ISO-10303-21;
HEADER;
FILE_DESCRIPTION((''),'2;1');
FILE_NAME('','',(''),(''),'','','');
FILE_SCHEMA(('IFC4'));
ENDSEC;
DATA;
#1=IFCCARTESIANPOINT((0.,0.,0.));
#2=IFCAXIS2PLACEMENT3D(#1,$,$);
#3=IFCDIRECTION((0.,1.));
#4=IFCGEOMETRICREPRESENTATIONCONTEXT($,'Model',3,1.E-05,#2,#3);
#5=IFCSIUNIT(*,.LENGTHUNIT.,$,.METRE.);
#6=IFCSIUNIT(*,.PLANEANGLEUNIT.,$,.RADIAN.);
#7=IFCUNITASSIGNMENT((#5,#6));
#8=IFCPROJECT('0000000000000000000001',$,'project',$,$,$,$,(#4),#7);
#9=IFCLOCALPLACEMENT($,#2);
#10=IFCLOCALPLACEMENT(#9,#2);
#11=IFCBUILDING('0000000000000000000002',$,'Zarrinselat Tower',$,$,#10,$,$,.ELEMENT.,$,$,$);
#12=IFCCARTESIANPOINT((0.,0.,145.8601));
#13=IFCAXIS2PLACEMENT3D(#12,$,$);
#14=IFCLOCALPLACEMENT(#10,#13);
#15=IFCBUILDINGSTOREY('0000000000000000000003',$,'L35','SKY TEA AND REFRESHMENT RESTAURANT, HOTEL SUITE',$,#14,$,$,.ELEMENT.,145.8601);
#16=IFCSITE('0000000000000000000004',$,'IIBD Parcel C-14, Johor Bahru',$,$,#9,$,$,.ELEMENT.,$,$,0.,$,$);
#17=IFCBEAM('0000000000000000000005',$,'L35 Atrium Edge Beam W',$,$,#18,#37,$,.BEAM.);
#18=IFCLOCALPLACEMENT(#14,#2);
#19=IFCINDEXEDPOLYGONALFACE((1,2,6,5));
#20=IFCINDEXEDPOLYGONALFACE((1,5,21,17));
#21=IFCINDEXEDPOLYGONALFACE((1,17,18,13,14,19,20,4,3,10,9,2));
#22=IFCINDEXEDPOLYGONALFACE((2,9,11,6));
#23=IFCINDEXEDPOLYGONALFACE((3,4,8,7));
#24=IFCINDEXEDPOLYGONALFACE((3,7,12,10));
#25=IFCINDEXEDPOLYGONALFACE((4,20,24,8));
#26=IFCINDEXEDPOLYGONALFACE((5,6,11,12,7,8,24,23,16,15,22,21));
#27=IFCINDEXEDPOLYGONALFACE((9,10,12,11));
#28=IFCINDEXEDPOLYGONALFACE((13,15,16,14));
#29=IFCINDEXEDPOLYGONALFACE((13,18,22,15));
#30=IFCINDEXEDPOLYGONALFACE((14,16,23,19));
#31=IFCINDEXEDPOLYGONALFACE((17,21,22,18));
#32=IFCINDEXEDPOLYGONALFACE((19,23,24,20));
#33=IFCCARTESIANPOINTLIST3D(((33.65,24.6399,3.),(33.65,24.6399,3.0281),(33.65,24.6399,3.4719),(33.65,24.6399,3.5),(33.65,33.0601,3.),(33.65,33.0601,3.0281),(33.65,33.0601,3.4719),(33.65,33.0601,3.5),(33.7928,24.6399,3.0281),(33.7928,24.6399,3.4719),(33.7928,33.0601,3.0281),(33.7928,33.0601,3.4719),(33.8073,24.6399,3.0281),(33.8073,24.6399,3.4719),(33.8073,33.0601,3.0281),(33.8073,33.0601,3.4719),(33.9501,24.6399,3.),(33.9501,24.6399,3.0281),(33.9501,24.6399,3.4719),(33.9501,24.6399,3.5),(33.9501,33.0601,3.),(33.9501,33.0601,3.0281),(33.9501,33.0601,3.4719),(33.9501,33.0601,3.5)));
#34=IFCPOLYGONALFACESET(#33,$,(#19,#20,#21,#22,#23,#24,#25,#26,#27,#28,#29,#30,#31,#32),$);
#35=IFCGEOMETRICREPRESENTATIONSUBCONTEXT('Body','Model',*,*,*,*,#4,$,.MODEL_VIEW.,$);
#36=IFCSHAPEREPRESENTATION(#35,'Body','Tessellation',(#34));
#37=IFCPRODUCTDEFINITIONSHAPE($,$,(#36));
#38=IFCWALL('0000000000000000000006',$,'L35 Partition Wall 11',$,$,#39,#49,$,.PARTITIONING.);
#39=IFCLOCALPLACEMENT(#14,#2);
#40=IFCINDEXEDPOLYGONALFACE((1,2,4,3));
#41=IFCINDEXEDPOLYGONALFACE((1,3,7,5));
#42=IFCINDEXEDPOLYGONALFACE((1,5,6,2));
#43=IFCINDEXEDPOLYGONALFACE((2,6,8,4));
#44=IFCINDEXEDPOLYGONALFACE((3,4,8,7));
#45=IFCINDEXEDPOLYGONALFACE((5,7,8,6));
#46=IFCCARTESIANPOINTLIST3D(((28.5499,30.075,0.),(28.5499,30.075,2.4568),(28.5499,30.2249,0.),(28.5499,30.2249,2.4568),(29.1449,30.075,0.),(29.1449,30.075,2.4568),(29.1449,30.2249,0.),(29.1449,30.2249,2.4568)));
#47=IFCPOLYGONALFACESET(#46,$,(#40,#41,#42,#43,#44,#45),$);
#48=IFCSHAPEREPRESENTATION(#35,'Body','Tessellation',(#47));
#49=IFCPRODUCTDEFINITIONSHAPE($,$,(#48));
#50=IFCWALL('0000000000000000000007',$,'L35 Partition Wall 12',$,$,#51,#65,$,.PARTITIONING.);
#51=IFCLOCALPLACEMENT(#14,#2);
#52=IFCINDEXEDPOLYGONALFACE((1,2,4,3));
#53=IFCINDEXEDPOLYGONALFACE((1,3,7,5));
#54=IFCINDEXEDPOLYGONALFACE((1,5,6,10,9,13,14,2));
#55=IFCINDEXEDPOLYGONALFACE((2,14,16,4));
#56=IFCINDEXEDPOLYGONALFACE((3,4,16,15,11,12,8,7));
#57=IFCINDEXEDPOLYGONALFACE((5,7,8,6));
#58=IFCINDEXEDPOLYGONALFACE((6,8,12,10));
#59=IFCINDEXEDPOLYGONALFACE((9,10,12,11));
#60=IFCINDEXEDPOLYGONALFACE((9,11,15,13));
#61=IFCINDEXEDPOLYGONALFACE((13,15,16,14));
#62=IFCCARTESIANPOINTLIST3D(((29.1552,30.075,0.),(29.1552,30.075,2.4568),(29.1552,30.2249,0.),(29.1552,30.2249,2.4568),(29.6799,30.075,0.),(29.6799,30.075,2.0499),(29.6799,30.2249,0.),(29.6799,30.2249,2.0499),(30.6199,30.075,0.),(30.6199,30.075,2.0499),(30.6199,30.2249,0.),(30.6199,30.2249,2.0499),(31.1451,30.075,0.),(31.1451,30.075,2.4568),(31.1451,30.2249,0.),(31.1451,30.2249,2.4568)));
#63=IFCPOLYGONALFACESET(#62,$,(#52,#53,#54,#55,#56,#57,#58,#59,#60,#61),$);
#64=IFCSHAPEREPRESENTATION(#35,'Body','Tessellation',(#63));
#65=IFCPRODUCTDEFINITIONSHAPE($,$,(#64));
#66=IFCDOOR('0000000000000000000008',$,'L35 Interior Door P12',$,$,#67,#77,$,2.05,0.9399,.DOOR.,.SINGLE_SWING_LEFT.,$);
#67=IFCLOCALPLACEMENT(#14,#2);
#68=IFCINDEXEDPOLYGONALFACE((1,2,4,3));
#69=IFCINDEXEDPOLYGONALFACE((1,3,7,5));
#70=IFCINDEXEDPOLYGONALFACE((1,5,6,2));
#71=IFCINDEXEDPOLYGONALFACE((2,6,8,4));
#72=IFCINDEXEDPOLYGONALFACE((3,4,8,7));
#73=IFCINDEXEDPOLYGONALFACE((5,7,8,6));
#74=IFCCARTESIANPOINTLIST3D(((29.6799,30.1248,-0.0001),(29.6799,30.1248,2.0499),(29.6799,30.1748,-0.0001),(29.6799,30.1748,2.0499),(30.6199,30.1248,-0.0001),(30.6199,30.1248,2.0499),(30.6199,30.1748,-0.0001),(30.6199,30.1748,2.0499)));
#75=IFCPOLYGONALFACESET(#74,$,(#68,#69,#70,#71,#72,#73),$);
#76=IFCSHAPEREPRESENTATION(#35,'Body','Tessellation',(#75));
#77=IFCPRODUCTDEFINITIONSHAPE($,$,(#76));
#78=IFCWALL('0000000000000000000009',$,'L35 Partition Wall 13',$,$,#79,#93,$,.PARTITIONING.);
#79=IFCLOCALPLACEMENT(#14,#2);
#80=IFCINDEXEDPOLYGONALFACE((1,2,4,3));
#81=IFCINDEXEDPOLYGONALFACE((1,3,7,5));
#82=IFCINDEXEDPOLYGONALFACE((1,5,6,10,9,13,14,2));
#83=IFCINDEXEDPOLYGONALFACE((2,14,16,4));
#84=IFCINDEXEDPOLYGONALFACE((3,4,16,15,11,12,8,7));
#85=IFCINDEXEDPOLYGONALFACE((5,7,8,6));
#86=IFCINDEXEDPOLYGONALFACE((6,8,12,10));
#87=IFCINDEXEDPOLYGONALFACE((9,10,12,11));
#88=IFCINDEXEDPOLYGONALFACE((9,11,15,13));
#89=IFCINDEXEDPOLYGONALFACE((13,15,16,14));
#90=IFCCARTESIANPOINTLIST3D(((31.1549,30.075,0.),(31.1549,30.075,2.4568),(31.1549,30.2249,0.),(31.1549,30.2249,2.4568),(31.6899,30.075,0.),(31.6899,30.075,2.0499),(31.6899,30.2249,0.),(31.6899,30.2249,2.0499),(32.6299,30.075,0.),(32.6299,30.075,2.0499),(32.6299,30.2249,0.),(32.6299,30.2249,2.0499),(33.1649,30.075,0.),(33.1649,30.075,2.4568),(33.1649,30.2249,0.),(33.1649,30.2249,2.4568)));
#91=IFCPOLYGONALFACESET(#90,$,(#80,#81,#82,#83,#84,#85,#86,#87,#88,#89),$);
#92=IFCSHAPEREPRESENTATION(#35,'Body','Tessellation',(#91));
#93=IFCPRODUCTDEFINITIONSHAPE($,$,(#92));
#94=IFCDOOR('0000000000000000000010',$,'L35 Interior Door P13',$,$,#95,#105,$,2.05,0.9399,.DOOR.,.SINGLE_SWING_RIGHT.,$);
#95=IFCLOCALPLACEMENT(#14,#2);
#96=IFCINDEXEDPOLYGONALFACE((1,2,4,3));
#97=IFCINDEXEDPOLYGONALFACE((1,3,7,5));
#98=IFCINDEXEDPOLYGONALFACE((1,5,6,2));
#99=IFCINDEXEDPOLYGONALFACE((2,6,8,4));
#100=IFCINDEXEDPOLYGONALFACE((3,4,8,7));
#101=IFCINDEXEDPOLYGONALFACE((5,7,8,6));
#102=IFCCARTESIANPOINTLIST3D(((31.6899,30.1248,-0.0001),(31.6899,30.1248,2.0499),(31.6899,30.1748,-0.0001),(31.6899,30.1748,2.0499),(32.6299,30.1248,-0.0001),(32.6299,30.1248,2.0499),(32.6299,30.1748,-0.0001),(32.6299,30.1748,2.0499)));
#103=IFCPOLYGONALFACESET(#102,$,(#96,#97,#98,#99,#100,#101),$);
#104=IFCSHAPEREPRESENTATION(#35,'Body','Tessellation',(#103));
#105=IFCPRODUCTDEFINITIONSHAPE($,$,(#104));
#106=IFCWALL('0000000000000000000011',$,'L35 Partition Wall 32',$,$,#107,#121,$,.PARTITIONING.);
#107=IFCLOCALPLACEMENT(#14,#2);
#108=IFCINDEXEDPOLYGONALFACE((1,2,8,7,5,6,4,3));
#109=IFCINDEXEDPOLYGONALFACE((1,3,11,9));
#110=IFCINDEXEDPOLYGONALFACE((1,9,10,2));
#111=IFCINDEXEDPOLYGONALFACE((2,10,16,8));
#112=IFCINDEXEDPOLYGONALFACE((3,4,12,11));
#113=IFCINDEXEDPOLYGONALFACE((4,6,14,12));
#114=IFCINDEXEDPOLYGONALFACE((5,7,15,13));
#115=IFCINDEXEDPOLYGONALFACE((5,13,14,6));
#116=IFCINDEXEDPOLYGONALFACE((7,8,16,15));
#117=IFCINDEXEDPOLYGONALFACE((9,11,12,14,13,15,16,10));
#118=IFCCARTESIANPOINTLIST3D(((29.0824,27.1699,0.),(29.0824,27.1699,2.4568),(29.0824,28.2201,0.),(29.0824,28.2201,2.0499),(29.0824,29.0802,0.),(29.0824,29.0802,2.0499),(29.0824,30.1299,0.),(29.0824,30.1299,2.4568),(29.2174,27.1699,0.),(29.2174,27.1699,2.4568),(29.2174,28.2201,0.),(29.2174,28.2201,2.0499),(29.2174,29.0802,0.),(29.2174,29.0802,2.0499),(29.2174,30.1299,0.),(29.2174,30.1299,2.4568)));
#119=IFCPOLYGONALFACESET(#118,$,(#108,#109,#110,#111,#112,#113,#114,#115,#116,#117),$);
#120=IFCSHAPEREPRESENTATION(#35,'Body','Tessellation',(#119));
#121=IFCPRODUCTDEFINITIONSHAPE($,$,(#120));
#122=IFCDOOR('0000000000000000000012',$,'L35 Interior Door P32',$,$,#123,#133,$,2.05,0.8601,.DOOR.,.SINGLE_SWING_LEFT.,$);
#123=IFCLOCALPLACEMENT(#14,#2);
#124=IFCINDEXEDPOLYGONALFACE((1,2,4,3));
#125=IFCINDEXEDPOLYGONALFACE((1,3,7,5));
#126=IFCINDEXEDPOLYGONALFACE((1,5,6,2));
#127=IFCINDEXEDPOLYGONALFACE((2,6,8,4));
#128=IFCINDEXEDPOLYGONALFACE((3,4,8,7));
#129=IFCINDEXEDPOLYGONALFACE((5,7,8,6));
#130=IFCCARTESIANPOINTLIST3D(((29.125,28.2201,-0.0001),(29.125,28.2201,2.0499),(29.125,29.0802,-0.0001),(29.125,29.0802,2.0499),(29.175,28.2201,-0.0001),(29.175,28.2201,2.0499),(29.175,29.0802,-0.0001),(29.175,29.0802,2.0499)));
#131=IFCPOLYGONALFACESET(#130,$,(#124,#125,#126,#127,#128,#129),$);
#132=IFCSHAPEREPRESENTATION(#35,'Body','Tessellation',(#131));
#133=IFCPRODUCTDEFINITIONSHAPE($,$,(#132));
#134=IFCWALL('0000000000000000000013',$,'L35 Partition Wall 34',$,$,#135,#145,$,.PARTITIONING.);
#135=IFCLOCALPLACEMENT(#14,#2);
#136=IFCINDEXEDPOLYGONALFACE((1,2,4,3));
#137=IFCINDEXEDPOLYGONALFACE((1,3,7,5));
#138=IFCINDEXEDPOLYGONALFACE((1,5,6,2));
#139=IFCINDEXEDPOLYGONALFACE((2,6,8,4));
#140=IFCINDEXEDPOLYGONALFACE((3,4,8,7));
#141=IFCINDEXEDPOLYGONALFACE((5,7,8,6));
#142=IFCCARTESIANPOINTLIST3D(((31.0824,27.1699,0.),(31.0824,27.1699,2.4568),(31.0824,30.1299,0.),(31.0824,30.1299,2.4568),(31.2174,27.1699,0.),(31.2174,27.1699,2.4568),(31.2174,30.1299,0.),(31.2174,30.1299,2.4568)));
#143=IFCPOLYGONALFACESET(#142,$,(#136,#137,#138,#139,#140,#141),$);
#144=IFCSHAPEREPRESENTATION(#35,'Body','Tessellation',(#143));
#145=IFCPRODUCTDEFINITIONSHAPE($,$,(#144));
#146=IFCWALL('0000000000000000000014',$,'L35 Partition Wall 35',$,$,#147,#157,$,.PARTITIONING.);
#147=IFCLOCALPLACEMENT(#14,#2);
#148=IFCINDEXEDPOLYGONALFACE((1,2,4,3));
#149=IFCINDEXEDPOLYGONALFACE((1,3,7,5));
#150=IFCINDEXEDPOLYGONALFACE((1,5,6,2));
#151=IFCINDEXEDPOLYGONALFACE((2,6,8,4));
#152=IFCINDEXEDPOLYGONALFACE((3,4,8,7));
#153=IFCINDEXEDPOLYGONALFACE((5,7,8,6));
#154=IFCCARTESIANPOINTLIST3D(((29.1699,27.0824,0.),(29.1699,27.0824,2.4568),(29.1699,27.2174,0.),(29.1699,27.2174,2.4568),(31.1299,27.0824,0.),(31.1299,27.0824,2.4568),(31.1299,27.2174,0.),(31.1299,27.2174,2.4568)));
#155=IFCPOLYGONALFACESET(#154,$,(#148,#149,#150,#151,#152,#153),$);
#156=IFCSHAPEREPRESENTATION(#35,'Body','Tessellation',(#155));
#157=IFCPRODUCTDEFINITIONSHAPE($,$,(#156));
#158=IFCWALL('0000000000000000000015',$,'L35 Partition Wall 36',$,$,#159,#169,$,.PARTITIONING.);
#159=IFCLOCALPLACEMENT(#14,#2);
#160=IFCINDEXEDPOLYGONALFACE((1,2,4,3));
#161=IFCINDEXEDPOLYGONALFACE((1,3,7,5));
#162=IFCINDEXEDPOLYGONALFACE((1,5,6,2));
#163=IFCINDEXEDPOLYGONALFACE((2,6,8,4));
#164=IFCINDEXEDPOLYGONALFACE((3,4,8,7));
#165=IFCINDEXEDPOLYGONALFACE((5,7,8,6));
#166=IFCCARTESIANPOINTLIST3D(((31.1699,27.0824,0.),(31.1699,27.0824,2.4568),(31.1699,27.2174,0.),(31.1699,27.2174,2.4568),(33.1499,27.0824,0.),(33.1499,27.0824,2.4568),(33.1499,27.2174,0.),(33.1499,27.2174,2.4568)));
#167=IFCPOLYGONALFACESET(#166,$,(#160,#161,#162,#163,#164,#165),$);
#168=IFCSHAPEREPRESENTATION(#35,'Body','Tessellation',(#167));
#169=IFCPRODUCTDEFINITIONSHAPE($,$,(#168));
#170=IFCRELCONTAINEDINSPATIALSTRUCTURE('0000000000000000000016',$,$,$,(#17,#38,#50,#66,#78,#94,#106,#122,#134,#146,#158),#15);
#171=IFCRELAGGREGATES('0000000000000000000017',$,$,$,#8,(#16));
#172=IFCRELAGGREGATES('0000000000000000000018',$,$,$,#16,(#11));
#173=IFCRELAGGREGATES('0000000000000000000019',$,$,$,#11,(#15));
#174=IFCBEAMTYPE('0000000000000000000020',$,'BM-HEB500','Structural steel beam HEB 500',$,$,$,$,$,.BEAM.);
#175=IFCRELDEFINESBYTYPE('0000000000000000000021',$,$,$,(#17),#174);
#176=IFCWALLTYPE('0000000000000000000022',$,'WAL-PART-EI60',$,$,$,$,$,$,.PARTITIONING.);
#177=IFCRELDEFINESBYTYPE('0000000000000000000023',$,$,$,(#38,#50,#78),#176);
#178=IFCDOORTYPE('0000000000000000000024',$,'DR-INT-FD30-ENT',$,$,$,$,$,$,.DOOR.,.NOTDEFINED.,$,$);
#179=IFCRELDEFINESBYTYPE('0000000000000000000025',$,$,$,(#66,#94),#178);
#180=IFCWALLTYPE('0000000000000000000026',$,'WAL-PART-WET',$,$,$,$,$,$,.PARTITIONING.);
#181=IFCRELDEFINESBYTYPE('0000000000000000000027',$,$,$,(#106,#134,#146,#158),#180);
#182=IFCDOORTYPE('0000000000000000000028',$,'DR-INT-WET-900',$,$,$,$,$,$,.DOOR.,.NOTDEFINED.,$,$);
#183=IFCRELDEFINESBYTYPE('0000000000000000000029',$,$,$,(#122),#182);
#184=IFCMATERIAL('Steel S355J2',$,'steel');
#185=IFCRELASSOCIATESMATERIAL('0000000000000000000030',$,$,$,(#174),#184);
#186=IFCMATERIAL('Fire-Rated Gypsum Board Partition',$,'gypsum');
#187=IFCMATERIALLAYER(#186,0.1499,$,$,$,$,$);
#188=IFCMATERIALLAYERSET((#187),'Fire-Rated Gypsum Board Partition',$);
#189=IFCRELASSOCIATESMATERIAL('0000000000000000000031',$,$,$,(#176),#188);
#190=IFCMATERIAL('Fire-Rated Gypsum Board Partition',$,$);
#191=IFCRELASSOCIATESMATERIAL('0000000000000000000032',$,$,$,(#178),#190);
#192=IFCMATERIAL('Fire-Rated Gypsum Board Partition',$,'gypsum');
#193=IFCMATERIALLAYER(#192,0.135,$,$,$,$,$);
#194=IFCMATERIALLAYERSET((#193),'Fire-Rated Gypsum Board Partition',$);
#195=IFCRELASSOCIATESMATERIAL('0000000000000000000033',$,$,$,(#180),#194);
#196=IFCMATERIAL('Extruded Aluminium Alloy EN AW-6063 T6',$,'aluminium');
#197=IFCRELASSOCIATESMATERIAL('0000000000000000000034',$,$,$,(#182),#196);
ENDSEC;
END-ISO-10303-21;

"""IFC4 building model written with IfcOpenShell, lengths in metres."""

from ifc_helpers import new_model, si_unit, direction, frame, frame_2d, origin, origin_2d, place, context, subcontext, project, spatial, rectangle, i_section, extrude, material, layer, layer_set, material_profile, profile_set, type_object, element, fill, save


model = new_model("IFC4")

# Units and contexts
model_context = context("Model", 3, precision=1e-05, world=origin(), true_north=direction((0.0, 1.0)))
body_context = subcontext(model_context, "Body", "Model", "MODEL_VIEW")
ifc_project = project(units=[si_unit("LENGTHUNIT", "METRE"), si_unit("PLANEANGLEUNIT", "RADIAN")], contexts=[model_context])

# Site, building, storey
site_placement = place(None, origin())
site = spatial("IfcSite", under=ifc_project, at=site_placement, Name="IIBD Parcel C-14, Johor Bahru", CompositionType="ELEMENT", RefElevation=0.0)
building_placement = place(site_placement, origin())
building = spatial("IfcBuilding", under=site, at=building_placement, Name="Zarrinselat Tower", CompositionType="ELEMENT")
storey_placement = place(building_placement, frame((0.0, 0.0, 145.8601)))
storey = spatial("IfcBuildingStorey", under=building, at=storey_placement, Name="L35", Description="SKY TEA AND REFRESHMENT RESTAURANT, HOTEL SUITE", CompositionType="ELEMENT", Elevation=145.8601)

# Beam
ifc_material_1 = material(Name="Steel S355J2", Category="steel")
ifc_material_profile = material_profile(ifc_material_1, i_section(OverallWidth=0.3, OverallDepth=0.5, WebThickness=0.0144, FlangeThickness=0.0281, at=origin_2d()), Name="HEB 500")
ifc_profile_set = profile_set([ifc_material_profile], Name="Steel S355J2")
beam_type = type_object("IfcBeamType", Name="BM-HEB500", Description="Structural steel beam HEB 500", PredefinedType="BEAM", material=ifc_profile_set)
beam_placement = place(storey_placement, frame((33.8, 24.6399, 3.25), z_axis=(0.0, 1.0, 0.0), x_axis=(-1.0, 0.0, 0.0)))
element("IfcBeam", 1, at=beam_placement, inside=storey, type_object=beam_type, Name="L35 Atrium Edge Beam W", PredefinedType="BEAM", context=body_context, shape_type="SweptSolid", body=[
    extrude(i_section(OverallWidth=0.3, OverallDepth=0.5, WebThickness=0.0144, FlangeThickness=0.0281, at=origin_2d()), origin(), (0.0, 0.0, 1.0), 8.4202),
])

# Wall
ifc_material_2 = material(Name="Fire-Rated Gypsum Board Partition", Category="gypsum")
ifc_layer_1 = layer(ifc_material_2, 0.1499)
ifc_layer_set_1 = layer_set([ifc_layer_1], Name="Fire-Rated Gypsum Board Partition")
wall_type_1 = type_object("IfcWallType", Name="WAL-PART-EI60", PredefinedType="PARTITIONING", material=ifc_layer_set_1)
wall_1_placement = place(storey_placement, frame((28.55, 30.1499, 0.0), z_axis=(0.0, 0.0, 1.0), x_axis=(1.0, 0.0, 0.0)))
element("IfcWall", 2, at=wall_1_placement, inside=storey, type_object=wall_type_1, Name="L35 Partition Wall 11", PredefinedType="PARTITIONING", context=body_context, shape_type="SweptSolid", body=[
    extrude(rectangle(XDim=0.595, YDim=0.1499, at=frame_2d((0.2974, 0.0))), origin(), (0.0, 0.0, 1.0), 2.4568),
])

# Walls, openings, doors
wall_2_placement = place(storey_placement, frame((29.155, 30.1499, 0.0), z_axis=(0.0, 0.0, 1.0), x_axis=(1.0, 0.0, 0.0)))
wall_2 = element("IfcWall", 3, at=wall_2_placement, inside=storey, type_object=wall_type_1, Name="L35 Partition Wall 12", PredefinedType="PARTITIONING", context=body_context, shape_type="SweptSolid", body=[
    extrude(rectangle(XDim=1.99, YDim=0.1499, at=frame_2d((0.9951, 0.0))), origin(), (0.0, 0.0, 1.0), 2.4568),
])
opening_1_placement = place(wall_2_placement, frame((0.5249, 0.0, 0.0)))
opening_1 = element("IfcOpeningElement", 4, at=opening_1_placement, cuts=wall_2, PredefinedType="OPENING", context=body_context, shape_type="SweptSolid", body=[
    extrude(rectangle(XDim=0.9399, YDim=2.05, at=frame_2d((0.47, 1.0249))), frame((0.0, 0.085, 0.0), z_axis=(0.0, -1.0, 0.0), x_axis=(1.0, 0.0, 0.0)), (0.0, 0.0, 1.0), 0.1699),
])
ifc_material_3 = material(Name="Fire-Rated Gypsum Board Partition")
door_type_1 = type_object("IfcDoorType", Name="DR-INT-FD30-ENT", OperationType="NOTDEFINED", PredefinedType="DOOR", material=ifc_material_3)
door_1_placement = place(opening_1_placement, origin())
door_1 = element("IfcDoor", 5, at=door_1_placement, inside=storey, type_object=door_type_1, Name="L35 Interior Door P12", OperationType="SINGLE_SWING_LEFT", OverallHeight=2.05, OverallWidth=0.9399, PredefinedType="DOOR", context=body_context, shape_type="SweptSolid", body=[
    extrude(rectangle(XDim=0.9399, YDim=2.05, at=frame_2d((0.47, 1.0249))), frame((0.0, 0.0249, 0.0), z_axis=(0.0, -1.0, 0.0), x_axis=(1.0, 0.0, 0.0)), (0.0, 0.0, 1.0), 0.05),
])
fill(opening_1, door_1)
wall_3_placement = place(storey_placement, frame((31.155, 30.1499, 0.0), z_axis=(0.0, 0.0, 1.0), x_axis=(1.0, 0.0, 0.0)))
wall_3 = element("IfcWall", 6, at=wall_3_placement, inside=storey, type_object=wall_type_1, Name="L35 Partition Wall 13", PredefinedType="PARTITIONING", context=body_context, shape_type="SweptSolid", body=[
    extrude(rectangle(XDim=2.01, YDim=0.1499, at=frame_2d((1.0049, 0.0))), origin(), (0.0, 0.0, 1.0), 2.4568),
])
opening_2_placement = place(wall_3_placement, frame((0.5349, 0.0, 0.0)))
opening_2 = element("IfcOpeningElement", 7, at=opening_2_placement, cuts=wall_3, PredefinedType="OPENING", context=body_context, shape_type="SweptSolid", body=[
    extrude(rectangle(XDim=0.9399, YDim=2.05, at=frame_2d((0.47, 1.0249))), frame((0.0, 0.085, 0.0), z_axis=(0.0, -1.0, 0.0), x_axis=(1.0, 0.0, 0.0)), (0.0, 0.0, 1.0), 0.1699),
])
door_2_placement = place(opening_2_placement, origin())
door_2 = element("IfcDoor", 8, at=door_2_placement, inside=storey, type_object=door_type_1, Name="L35 Interior Door P13", OperationType="SINGLE_SWING_RIGHT", OverallHeight=2.05, OverallWidth=0.9399, PredefinedType="DOOR", context=body_context, shape_type="SweptSolid", body=[
    extrude(rectangle(XDim=0.9399, YDim=2.05, at=frame_2d((0.47, 1.0249))), frame((0.0, 0.0249, 0.0), z_axis=(0.0, -1.0, 0.0), x_axis=(1.0, 0.0, 0.0)), (0.0, 0.0, 1.0), 0.05),
])
fill(opening_2, door_2)
ifc_material_4 = material(Name="Fire-Rated Gypsum Board Partition", Category="gypsum")
ifc_layer_2 = layer(ifc_material_4, 0.135)
ifc_layer_set_2 = layer_set([ifc_layer_2], Name="Fire-Rated Gypsum Board Partition")
wall_type_2 = type_object("IfcWallType", Name="WAL-PART-WET", PredefinedType="PARTITIONING", material=ifc_layer_set_2)
wall_4_placement = place(storey_placement, frame((29.1499, 27.1699, 0.0), z_axis=(0.0, 0.0, 1.0), x_axis=(0.0, 1.0, 0.0)))
wall_4 = element("IfcWall", 9, at=wall_4_placement, inside=storey, type_object=wall_type_2, Name="L35 Partition Wall 32", PredefinedType="PARTITIONING", context=body_context, shape_type="SweptSolid", body=[
    extrude(rectangle(XDim=2.96, YDim=0.135, at=frame_2d((1.48, 0.0))), origin(), (0.0, 0.0, 1.0), 2.4568),
])
opening_3_placement = place(wall_4_placement, frame((1.05, 0.0, 0.0)))
opening_3 = element("IfcOpeningElement", 10, at=opening_3_placement, cuts=wall_4, PredefinedType="OPENING", context=body_context, shape_type="SweptSolid", body=[
    extrude(rectangle(XDim=0.8601, YDim=2.05, at=frame_2d((0.4302, 1.0249))), frame((0.0, 0.0774, 0.0), z_axis=(0.0, -1.0, 0.0), x_axis=(1.0, 0.0, 0.0)), (0.0, 0.0, 1.0), 0.155),
])
ifc_material_5 = material(Name="Extruded Aluminium Alloy EN AW-6063 T6", Category="aluminium")
door_type_2 = type_object("IfcDoorType", Name="DR-INT-WET-900", OperationType="NOTDEFINED", PredefinedType="DOOR", material=ifc_material_5)
door_3_placement = place(opening_3_placement, origin())
door_3 = element("IfcDoor", 11, at=door_3_placement, inside=storey, type_object=door_type_2, Name="L35 Interior Door P32", OperationType="SINGLE_SWING_LEFT", OverallHeight=2.05, OverallWidth=0.8601, PredefinedType="DOOR", context=body_context, shape_type="SweptSolid", body=[
    extrude(rectangle(XDim=0.8601, YDim=2.05, at=frame_2d((0.4302, 1.0249))), frame((0.0, 0.0249, 0.0), z_axis=(0.0, -1.0, 0.0), x_axis=(1.0, 0.0, 0.0)), (0.0, 0.0, 1.0), 0.05),
])
fill(opening_3, door_3)

# Walls
wall_5_placement = place(storey_placement, frame((31.1499, 27.1699, 0.0), z_axis=(0.0, 0.0, 1.0), x_axis=(0.0, 1.0, 0.0)))
element("IfcWall", 12, at=wall_5_placement, inside=storey, type_object=wall_type_2, Name="L35 Partition Wall 34", PredefinedType="PARTITIONING", context=body_context, shape_type="SweptSolid", body=[
    extrude(rectangle(XDim=2.96, YDim=0.135, at=frame_2d((1.48, 0.0))), origin(), (0.0, 0.0, 1.0), 2.4568),
])
wall_6_placement = place(storey_placement, frame((29.1699, 27.1499, 0.0), z_axis=(0.0, 0.0, 1.0), x_axis=(1.0, 0.0, 0.0)))
element("IfcWall", 13, at=wall_6_placement, inside=storey, type_object=wall_type_2, Name="L35 Partition Wall 35", PredefinedType="PARTITIONING", context=body_context, shape_type="SweptSolid", body=[
    extrude(rectangle(XDim=1.96, YDim=0.135, at=frame_2d((0.98, 0.0))), origin(), (0.0, 0.0, 1.0), 2.4568),
])
wall_7_placement = place(storey_placement, frame((31.1699, 27.1499, 0.0), z_axis=(0.0, 0.0, 1.0), x_axis=(1.0, 0.0, 0.0)))
element("IfcWall", 14, at=wall_7_placement, inside=storey, type_object=wall_type_2, Name="L35 Partition Wall 36", PredefinedType="PARTITIONING", context=body_context, shape_type="SweptSolid", body=[
    extrude(rectangle(XDim=1.98, YDim=0.135, at=frame_2d((0.99, 0.0))), origin(), (0.0, 0.0, 1.0), 2.4568),
])

save(model, "model.ifc")
